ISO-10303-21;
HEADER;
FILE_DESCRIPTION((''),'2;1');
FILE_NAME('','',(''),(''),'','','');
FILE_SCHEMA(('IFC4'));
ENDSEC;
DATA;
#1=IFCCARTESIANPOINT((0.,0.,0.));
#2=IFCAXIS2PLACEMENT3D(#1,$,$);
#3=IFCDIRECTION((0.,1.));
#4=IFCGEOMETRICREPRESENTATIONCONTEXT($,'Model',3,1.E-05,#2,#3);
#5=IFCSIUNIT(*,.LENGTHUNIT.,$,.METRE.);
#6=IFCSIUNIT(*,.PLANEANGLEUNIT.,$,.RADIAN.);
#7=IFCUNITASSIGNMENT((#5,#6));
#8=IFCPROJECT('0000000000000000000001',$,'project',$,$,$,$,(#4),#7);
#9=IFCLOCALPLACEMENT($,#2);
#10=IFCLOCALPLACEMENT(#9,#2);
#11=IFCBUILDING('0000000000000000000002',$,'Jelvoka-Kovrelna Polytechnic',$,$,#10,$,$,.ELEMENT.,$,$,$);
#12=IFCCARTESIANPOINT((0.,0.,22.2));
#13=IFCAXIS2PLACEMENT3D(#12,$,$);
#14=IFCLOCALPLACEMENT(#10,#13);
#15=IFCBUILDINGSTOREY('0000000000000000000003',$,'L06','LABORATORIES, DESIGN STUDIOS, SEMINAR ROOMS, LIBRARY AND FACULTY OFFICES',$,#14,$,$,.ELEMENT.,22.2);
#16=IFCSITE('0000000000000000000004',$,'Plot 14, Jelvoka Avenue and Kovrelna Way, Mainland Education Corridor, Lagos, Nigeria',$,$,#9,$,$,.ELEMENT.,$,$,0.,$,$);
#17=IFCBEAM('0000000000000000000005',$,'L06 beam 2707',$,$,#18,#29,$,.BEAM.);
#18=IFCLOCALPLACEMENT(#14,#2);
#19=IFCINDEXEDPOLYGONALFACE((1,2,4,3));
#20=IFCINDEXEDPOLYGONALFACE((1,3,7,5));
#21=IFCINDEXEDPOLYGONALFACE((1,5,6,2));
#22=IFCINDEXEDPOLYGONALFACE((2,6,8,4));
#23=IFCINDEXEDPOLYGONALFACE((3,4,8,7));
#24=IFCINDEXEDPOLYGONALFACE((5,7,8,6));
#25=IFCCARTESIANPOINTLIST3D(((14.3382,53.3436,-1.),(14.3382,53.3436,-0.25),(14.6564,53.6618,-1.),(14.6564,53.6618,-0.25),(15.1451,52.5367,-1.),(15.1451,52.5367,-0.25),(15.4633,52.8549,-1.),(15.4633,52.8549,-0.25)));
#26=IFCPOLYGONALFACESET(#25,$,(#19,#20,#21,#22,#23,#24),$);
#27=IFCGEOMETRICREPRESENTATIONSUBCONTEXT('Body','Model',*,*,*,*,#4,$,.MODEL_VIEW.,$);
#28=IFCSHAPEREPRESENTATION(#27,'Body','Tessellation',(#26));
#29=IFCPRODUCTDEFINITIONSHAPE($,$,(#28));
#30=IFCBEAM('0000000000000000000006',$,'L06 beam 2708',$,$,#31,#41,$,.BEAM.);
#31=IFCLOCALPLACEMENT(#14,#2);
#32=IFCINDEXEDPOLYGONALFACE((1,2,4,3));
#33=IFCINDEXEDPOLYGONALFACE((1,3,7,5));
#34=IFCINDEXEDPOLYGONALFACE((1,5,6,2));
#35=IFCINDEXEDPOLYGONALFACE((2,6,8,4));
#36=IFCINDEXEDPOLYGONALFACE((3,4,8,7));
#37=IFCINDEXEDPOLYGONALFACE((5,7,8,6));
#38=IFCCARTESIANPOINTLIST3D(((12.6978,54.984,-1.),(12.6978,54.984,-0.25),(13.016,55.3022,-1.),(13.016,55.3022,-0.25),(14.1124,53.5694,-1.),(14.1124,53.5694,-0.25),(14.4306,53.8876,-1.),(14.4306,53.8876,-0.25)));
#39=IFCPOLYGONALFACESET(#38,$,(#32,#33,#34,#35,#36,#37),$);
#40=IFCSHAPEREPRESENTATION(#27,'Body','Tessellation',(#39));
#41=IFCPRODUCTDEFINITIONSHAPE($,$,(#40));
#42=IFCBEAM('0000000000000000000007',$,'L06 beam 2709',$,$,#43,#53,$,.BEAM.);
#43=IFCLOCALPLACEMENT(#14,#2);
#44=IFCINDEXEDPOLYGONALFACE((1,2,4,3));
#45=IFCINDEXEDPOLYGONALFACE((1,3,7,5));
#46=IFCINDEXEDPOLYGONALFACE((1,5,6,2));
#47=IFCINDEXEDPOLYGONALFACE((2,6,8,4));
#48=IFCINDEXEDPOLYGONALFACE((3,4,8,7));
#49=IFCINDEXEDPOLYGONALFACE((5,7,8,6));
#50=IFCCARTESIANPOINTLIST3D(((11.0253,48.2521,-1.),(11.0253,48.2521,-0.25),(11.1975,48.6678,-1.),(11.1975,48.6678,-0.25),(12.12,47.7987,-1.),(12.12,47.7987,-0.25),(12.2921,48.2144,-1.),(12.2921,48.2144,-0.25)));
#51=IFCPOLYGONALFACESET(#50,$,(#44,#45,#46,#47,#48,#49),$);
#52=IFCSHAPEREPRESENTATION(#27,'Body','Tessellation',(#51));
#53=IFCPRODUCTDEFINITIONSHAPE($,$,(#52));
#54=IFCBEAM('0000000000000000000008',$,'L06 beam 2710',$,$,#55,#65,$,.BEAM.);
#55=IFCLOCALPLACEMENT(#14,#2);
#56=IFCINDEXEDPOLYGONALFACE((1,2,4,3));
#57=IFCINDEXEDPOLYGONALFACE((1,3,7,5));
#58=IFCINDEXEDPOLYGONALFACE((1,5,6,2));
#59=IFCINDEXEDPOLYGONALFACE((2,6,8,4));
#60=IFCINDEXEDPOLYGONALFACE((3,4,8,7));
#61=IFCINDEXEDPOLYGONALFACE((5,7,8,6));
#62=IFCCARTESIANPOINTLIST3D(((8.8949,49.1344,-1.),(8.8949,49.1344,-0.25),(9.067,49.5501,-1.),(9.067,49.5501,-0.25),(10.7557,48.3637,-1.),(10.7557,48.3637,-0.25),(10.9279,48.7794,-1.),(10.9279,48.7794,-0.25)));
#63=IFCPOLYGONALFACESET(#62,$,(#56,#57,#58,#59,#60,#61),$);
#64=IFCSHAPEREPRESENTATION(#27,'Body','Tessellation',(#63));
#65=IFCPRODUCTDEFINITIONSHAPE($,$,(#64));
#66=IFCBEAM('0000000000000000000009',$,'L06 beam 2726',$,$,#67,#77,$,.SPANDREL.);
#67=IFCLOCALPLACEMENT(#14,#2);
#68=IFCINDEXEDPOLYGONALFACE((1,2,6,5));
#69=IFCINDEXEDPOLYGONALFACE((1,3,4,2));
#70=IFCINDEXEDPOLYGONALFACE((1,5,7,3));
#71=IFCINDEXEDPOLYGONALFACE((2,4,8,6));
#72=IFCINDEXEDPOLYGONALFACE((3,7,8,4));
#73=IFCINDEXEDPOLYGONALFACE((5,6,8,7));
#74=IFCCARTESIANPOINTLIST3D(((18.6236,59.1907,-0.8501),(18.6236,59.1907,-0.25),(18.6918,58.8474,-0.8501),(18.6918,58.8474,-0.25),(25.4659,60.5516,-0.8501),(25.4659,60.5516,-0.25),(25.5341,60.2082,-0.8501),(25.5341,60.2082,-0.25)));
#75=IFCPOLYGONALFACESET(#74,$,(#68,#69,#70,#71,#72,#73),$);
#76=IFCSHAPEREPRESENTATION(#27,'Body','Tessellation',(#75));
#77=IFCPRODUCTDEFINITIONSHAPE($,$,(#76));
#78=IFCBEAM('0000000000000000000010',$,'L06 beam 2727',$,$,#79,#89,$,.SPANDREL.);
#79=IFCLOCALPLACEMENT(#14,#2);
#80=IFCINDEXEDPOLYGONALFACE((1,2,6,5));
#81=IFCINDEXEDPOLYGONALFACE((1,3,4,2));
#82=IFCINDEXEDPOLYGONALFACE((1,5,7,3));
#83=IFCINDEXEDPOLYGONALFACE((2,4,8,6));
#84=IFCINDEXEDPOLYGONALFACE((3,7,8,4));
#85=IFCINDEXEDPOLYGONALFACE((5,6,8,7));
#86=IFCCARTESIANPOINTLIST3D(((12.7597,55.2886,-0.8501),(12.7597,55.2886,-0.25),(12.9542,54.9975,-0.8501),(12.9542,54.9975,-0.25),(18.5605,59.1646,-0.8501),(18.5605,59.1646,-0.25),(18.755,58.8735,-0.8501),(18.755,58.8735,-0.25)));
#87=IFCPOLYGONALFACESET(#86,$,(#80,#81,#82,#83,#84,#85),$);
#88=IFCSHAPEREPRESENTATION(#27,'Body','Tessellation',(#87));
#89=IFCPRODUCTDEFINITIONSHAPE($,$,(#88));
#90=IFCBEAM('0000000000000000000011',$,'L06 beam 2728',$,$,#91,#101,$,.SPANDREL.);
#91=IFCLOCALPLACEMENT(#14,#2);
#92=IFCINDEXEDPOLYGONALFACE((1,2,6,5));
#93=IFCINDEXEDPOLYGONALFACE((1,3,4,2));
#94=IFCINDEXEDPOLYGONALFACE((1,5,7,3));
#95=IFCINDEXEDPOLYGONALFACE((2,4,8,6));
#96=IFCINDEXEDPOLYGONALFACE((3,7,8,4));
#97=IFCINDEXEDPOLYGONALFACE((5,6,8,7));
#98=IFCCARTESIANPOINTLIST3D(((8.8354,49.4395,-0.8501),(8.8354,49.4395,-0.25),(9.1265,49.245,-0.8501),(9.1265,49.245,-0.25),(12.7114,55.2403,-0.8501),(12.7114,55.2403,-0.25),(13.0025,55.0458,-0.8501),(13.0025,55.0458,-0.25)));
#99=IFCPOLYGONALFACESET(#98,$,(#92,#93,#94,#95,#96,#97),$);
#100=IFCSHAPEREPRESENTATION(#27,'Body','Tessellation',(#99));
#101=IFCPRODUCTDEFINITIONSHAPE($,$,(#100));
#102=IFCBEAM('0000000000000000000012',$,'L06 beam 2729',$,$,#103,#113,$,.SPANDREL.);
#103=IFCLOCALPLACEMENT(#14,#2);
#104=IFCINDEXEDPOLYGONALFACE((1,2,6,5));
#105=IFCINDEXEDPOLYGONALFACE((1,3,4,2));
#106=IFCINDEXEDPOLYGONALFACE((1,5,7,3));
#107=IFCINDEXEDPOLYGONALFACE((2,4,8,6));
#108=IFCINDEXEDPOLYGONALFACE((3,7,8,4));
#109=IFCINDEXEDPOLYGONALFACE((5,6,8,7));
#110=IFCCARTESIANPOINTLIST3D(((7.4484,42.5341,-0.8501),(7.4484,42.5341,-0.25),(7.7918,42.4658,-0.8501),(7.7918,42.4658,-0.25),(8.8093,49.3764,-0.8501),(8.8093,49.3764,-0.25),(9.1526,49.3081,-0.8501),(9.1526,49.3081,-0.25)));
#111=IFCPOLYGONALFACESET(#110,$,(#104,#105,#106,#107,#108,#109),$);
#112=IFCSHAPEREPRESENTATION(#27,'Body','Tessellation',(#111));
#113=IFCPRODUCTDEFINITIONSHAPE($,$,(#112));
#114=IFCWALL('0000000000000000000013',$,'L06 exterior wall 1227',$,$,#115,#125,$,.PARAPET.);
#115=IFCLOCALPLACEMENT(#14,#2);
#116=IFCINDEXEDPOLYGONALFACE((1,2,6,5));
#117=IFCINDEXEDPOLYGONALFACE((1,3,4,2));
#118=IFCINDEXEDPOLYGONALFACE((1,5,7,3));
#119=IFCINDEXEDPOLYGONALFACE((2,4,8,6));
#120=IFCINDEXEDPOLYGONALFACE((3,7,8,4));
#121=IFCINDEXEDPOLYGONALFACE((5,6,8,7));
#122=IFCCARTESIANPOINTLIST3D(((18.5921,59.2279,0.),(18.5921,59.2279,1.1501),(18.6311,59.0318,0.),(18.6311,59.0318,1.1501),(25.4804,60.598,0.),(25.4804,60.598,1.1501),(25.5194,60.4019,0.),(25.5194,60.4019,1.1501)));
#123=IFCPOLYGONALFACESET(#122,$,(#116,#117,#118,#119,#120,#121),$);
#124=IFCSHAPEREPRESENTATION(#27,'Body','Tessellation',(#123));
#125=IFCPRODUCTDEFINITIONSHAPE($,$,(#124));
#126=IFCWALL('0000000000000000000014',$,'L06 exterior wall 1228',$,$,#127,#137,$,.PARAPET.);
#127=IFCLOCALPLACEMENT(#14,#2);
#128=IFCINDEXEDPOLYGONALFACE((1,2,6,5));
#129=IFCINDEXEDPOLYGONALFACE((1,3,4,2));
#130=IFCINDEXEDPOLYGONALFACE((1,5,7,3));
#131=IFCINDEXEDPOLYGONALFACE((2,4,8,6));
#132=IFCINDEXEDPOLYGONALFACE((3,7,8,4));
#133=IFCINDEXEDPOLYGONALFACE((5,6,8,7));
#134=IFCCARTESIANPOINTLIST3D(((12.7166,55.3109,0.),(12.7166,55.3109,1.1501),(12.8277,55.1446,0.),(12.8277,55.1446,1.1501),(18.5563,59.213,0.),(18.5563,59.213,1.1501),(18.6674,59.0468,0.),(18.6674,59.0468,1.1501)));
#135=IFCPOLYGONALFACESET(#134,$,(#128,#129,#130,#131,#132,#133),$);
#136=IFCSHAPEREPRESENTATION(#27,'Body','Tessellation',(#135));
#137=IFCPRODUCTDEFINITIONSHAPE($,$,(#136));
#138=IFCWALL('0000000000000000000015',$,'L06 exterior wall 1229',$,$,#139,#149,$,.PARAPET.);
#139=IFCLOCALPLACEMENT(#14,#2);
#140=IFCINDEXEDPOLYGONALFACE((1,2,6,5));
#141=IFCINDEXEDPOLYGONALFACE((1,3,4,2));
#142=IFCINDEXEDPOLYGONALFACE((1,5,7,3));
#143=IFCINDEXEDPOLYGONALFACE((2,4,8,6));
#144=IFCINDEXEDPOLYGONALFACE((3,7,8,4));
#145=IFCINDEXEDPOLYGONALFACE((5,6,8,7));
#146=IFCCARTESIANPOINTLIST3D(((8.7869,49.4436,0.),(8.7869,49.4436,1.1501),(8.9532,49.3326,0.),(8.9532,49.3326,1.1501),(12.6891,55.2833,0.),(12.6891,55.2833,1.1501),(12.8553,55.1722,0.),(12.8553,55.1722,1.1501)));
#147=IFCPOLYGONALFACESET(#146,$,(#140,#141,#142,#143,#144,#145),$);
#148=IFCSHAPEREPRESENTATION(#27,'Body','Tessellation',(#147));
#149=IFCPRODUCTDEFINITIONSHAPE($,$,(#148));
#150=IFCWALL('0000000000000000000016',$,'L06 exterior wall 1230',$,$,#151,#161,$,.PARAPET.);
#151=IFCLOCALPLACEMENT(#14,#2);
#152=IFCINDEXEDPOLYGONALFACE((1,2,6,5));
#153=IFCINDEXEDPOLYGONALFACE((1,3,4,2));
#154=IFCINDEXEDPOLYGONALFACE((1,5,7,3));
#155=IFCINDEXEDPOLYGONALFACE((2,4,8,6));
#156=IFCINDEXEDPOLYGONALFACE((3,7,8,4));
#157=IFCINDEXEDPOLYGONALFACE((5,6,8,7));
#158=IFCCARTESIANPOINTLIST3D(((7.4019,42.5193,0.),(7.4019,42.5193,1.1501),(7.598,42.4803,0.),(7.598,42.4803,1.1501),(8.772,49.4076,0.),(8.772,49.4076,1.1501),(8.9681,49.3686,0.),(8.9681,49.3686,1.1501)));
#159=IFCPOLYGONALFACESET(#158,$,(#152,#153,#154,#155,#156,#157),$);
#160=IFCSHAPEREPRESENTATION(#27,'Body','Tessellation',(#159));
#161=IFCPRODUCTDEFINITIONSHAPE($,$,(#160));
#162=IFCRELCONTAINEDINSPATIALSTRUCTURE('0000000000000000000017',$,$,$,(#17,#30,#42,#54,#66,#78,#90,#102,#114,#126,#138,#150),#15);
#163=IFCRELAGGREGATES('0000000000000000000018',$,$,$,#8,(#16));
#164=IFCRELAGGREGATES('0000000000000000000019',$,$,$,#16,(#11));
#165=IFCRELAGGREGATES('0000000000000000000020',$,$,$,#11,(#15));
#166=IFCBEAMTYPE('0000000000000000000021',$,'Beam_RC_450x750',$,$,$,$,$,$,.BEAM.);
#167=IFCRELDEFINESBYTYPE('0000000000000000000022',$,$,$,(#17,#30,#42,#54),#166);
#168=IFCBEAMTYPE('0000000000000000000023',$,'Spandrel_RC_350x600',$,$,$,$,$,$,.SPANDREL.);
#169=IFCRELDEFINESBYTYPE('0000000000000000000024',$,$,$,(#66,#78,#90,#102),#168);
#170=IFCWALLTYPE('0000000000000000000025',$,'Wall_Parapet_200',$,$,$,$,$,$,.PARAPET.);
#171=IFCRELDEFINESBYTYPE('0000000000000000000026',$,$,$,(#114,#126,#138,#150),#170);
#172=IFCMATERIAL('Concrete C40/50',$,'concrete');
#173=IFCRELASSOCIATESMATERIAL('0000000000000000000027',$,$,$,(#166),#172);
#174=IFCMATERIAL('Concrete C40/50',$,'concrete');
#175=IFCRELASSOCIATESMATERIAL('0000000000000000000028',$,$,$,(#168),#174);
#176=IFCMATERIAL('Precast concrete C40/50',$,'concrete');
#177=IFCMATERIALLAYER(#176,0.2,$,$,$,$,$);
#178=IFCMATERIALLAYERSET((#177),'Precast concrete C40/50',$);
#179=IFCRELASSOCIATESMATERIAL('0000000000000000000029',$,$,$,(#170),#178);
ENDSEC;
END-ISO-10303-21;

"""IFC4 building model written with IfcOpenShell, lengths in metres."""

from ifc_helpers import new_model, si_unit, direction, frame, frame_2d, origin, origin_2d, place, context, subcontext, project, spatial, rectangle, extrude, material, layer, layer_set, material_profile, profile_set, type_object, element, save


model = new_model("IFC4")

# Units and contexts
model_context = context("Model", 3, precision=1e-05, world=origin(), true_north=direction((0.0, 1.0)))
body_context = subcontext(model_context, "Body", "Model", "MODEL_VIEW")
ifc_project = project(units=[si_unit("LENGTHUNIT", "METRE"), si_unit("PLANEANGLEUNIT", "RADIAN")], contexts=[model_context])

# Site, building, storey
site_placement = place(None, origin())
site = spatial("IfcSite", under=ifc_project, at=site_placement, Name="Plot 14, Jelvoka Avenue and Kovrelna Way, Mainland Education Corridor, Lagos, Nigeria", CompositionType="ELEMENT", RefElevation=0.0)
building_placement = place(site_placement, origin())
building = spatial("IfcBuilding", under=site, at=building_placement, Name="Jelvoka-Kovrelna Polytechnic", CompositionType="ELEMENT")
storey_placement = place(building_placement, frame((0.0, 0.0, 22.2)))
storey = spatial("IfcBuildingStorey", under=building, at=storey_placement, Name="L06", Description="LABORATORIES, DESIGN STUDIOS, SEMINAR ROOMS, LIBRARY AND FACULTY OFFICES", CompositionType="ELEMENT", Elevation=22.2)

# Beams
ifc_material_1 = material(Name="Concrete C40/50", Category="concrete")
ifc_material_profile_1 = material_profile(ifc_material_1, rectangle(XDim=0.45, YDim=0.75, at=origin_2d()), Name="RC 450x750")
ifc_profile_set_1 = profile_set([ifc_material_profile_1], Name="Concrete C40/50")
beam_type_1 = type_object("IfcBeamType", Name="Beam_RC_450x750", PredefinedType="BEAM", material=ifc_profile_set_1)
beam_1_placement = place(storey_placement, frame((15.3042, 52.6958, -0.625), z_axis=(-0.707107, 0.707107, 0.0), x_axis=(-0.707107, -0.707107, 0.0)))
element("IfcBeam", 1, at=beam_1_placement, inside=storey, type_object=beam_type_1, Name="L06 beam 2707", PredefinedType="BEAM", context=body_context, shape_type="SweptSolid", body=[
    extrude(rectangle(XDim=0.45, YDim=0.75, at=origin_2d()), origin(), (0.0, 0.0, 1.0), 1.1411),
])
beam_2_placement = place(storey_placement, frame((14.2715, 53.7285, -0.625), z_axis=(-0.707107, 0.707107, 0.0), x_axis=(-0.707107, -0.707107, 0.0)))
element("IfcBeam", 2, at=beam_2_placement, inside=storey, type_object=beam_type_1, Name="L06 beam 2708", PredefinedType="BEAM", context=body_context, shape_type="SweptSolid", body=[
    extrude(rectangle(XDim=0.45, YDim=0.75, at=origin_2d()), origin(), (0.0, 0.0, 1.0), 2.0005),
])
beam_3_placement = place(storey_placement, frame((12.2061, 48.0066, -0.625), z_axis=(-0.923904, 0.382625, 0.0), x_axis=(-0.382625, -0.923904, 0.0)))
element("IfcBeam", 3, at=beam_3_placement, inside=storey, type_object=beam_type_1, Name="L06 beam 2709", PredefinedType="BEAM", context=body_context, shape_type="SweptSolid", body=[
    extrude(rectangle(XDim=0.45, YDim=0.75, at=origin_2d()), origin(), (0.0, 0.0, 1.0), 1.1848),
])
beam_4_placement = place(storey_placement, frame((10.8418, 48.5715, -0.625), z_axis=(-0.923885, 0.382669, 0.0), x_axis=(-0.382669, -0.923885, 0.0)))
element("IfcBeam", 4, at=beam_4_placement, inside=storey, type_object=beam_type_1, Name="L06 beam 2710", PredefinedType="BEAM", context=body_context, shape_type="SweptSolid", body=[
    extrude(rectangle(XDim=0.45, YDim=0.75, at=origin_2d()), origin(), (0.0, 0.0, 1.0), 2.0142),
])
ifc_material_2 = material(Name="Concrete C40/50", Category="concrete")
ifc_material_profile_2 = material_profile(ifc_material_2, rectangle(XDim=0.3501, YDim=0.6001, at=origin_2d()), Name="RC 350x600")
ifc_profile_set_2 = profile_set([ifc_material_profile_2], Name="Concrete C40/50")
beam_type_2 = type_object("IfcBeamType", Name="Spandrel_RC_350x600", PredefinedType="SPANDREL", material=ifc_profile_set_2)
beam_5_placement = place(storey_placement, frame((25.5, 60.3799, -0.55), z_axis=(-0.98079, -0.195066, 0.0), x_axis=(0.195066, -0.98079, 0.0)))
element("IfcBeam", 5, at=beam_5_placement, inside=storey, type_object=beam_type_2, Name="L06 beam 2726", PredefinedType="SPANDREL", context=body_context, shape_type="SweptSolid", body=[
    extrude(rectangle(XDim=0.3501, YDim=0.6001, at=origin_2d()), origin(), (0.0, 0.0, 1.0), 6.9763),
])
for number, where, z_axis, x_axis, name in (
    (6, (18.6577, 59.019, -0.55), (-0.831468, -0.555572, 0.0), (0.555572, -0.831468, 0.0), "L06 beam 2727"),
    (7, (12.8569, 55.1431, -0.55), (-0.555572, -0.831468, 0.0), (0.831468, -0.555572, 0.0), "L06 beam 2728"),
):
    element("IfcBeam", number, at=place(storey_placement, frame(where, z_axis=z_axis, x_axis=x_axis)), inside=storey, type_object=beam_type_2, Name=name, PredefinedType="SPANDREL", context=body_context, shape_type="SweptSolid", body=[
        extrude(rectangle(XDim=0.3501, YDim=0.6001, at=origin_2d()), origin(), (0.0, 0.0, 1.0), 6.9766),
    ])
beam_6_placement = place(storey_placement, frame((8.981, 49.3423, -0.55), z_axis=(-0.195066, -0.98079, 0.0), x_axis=(0.98079, -0.195066, 0.0)))
element("IfcBeam", 8, at=beam_6_placement, inside=storey, type_object=beam_type_2, Name="L06 beam 2729", PredefinedType="SPANDREL", context=body_context, shape_type="SweptSolid", body=[
    extrude(rectangle(XDim=0.3501, YDim=0.6001, at=origin_2d()), origin(), (0.0, 0.0, 1.0), 6.9763),
])

# Walls
ifc_material_3 = material(Name="Precast concrete C40/50", Category="concrete")
ifc_layer = layer(ifc_material_3, 0.2)
ifc_layer_set = layer_set([ifc_layer], Name="Precast concrete C40/50")
wall_type = type_object("IfcWallType", Name="Wall_Parapet_200", PredefinedType="PARAPET", material=ifc_layer_set)
wall_1_placement = place(storey_placement, frame((25.5, 60.5, 0.0), z_axis=(0.0, 0.0, 1.0), x_axis=(-0.980786, -0.195087, 0.0)))
element("IfcWall", 9, at=wall_1_placement, inside=storey, type_object=wall_type, Name="L06 exterior wall 1227", PredefinedType="PARAPET", context=body_context, shape_type="SweptSolid", body=[
    extrude(rectangle(XDim=7.0232, YDim=0.2, at=frame_2d((3.5117, 0.0))), origin(), (0.0, 0.0, 1.0), 1.1501),
])
for number, where, z_axis, x_axis, name in (
    (10, (18.6118, 59.1299, 0.0), (0.0, 0.0, 1.0), (-0.831456, -0.55559, 0.0), "L06 exterior wall 1228"),
    (11, (12.7722, 55.2278, 0.0), (0.0, 0.0, 1.0), (-0.55559, -0.831456, 0.0), "L06 exterior wall 1229"),
):
    element("IfcWall", number, at=place(storey_placement, frame(where, z_axis=z_axis, x_axis=x_axis)), inside=storey, type_object=wall_type, Name=name, PredefinedType="PARAPET", context=body_context, shape_type="SweptSolid", body=[
        extrude(rectangle(XDim=7.0234, YDim=0.2, at=frame_2d((3.5117, 0.0))), origin(), (0.0, 0.0, 1.0), 1.1501),
    ])
wall_2_placement = place(storey_placement, frame((8.8701, 49.3882, 0.0), z_axis=(0.0, 0.0, 1.0), x_axis=(-0.195087, -0.980786, 0.0)))
element("IfcWall", 12, at=wall_2_placement, inside=storey, type_object=wall_type, Name="L06 exterior wall 1230", PredefinedType="PARAPET", context=body_context, shape_type="SweptSolid", body=[
    extrude(rectangle(XDim=7.0232, YDim=0.2, at=frame_2d((3.5117, 0.0))), origin(), (0.0, 0.0, 1.0), 1.1501),
])

save(model, "model.ifc")
